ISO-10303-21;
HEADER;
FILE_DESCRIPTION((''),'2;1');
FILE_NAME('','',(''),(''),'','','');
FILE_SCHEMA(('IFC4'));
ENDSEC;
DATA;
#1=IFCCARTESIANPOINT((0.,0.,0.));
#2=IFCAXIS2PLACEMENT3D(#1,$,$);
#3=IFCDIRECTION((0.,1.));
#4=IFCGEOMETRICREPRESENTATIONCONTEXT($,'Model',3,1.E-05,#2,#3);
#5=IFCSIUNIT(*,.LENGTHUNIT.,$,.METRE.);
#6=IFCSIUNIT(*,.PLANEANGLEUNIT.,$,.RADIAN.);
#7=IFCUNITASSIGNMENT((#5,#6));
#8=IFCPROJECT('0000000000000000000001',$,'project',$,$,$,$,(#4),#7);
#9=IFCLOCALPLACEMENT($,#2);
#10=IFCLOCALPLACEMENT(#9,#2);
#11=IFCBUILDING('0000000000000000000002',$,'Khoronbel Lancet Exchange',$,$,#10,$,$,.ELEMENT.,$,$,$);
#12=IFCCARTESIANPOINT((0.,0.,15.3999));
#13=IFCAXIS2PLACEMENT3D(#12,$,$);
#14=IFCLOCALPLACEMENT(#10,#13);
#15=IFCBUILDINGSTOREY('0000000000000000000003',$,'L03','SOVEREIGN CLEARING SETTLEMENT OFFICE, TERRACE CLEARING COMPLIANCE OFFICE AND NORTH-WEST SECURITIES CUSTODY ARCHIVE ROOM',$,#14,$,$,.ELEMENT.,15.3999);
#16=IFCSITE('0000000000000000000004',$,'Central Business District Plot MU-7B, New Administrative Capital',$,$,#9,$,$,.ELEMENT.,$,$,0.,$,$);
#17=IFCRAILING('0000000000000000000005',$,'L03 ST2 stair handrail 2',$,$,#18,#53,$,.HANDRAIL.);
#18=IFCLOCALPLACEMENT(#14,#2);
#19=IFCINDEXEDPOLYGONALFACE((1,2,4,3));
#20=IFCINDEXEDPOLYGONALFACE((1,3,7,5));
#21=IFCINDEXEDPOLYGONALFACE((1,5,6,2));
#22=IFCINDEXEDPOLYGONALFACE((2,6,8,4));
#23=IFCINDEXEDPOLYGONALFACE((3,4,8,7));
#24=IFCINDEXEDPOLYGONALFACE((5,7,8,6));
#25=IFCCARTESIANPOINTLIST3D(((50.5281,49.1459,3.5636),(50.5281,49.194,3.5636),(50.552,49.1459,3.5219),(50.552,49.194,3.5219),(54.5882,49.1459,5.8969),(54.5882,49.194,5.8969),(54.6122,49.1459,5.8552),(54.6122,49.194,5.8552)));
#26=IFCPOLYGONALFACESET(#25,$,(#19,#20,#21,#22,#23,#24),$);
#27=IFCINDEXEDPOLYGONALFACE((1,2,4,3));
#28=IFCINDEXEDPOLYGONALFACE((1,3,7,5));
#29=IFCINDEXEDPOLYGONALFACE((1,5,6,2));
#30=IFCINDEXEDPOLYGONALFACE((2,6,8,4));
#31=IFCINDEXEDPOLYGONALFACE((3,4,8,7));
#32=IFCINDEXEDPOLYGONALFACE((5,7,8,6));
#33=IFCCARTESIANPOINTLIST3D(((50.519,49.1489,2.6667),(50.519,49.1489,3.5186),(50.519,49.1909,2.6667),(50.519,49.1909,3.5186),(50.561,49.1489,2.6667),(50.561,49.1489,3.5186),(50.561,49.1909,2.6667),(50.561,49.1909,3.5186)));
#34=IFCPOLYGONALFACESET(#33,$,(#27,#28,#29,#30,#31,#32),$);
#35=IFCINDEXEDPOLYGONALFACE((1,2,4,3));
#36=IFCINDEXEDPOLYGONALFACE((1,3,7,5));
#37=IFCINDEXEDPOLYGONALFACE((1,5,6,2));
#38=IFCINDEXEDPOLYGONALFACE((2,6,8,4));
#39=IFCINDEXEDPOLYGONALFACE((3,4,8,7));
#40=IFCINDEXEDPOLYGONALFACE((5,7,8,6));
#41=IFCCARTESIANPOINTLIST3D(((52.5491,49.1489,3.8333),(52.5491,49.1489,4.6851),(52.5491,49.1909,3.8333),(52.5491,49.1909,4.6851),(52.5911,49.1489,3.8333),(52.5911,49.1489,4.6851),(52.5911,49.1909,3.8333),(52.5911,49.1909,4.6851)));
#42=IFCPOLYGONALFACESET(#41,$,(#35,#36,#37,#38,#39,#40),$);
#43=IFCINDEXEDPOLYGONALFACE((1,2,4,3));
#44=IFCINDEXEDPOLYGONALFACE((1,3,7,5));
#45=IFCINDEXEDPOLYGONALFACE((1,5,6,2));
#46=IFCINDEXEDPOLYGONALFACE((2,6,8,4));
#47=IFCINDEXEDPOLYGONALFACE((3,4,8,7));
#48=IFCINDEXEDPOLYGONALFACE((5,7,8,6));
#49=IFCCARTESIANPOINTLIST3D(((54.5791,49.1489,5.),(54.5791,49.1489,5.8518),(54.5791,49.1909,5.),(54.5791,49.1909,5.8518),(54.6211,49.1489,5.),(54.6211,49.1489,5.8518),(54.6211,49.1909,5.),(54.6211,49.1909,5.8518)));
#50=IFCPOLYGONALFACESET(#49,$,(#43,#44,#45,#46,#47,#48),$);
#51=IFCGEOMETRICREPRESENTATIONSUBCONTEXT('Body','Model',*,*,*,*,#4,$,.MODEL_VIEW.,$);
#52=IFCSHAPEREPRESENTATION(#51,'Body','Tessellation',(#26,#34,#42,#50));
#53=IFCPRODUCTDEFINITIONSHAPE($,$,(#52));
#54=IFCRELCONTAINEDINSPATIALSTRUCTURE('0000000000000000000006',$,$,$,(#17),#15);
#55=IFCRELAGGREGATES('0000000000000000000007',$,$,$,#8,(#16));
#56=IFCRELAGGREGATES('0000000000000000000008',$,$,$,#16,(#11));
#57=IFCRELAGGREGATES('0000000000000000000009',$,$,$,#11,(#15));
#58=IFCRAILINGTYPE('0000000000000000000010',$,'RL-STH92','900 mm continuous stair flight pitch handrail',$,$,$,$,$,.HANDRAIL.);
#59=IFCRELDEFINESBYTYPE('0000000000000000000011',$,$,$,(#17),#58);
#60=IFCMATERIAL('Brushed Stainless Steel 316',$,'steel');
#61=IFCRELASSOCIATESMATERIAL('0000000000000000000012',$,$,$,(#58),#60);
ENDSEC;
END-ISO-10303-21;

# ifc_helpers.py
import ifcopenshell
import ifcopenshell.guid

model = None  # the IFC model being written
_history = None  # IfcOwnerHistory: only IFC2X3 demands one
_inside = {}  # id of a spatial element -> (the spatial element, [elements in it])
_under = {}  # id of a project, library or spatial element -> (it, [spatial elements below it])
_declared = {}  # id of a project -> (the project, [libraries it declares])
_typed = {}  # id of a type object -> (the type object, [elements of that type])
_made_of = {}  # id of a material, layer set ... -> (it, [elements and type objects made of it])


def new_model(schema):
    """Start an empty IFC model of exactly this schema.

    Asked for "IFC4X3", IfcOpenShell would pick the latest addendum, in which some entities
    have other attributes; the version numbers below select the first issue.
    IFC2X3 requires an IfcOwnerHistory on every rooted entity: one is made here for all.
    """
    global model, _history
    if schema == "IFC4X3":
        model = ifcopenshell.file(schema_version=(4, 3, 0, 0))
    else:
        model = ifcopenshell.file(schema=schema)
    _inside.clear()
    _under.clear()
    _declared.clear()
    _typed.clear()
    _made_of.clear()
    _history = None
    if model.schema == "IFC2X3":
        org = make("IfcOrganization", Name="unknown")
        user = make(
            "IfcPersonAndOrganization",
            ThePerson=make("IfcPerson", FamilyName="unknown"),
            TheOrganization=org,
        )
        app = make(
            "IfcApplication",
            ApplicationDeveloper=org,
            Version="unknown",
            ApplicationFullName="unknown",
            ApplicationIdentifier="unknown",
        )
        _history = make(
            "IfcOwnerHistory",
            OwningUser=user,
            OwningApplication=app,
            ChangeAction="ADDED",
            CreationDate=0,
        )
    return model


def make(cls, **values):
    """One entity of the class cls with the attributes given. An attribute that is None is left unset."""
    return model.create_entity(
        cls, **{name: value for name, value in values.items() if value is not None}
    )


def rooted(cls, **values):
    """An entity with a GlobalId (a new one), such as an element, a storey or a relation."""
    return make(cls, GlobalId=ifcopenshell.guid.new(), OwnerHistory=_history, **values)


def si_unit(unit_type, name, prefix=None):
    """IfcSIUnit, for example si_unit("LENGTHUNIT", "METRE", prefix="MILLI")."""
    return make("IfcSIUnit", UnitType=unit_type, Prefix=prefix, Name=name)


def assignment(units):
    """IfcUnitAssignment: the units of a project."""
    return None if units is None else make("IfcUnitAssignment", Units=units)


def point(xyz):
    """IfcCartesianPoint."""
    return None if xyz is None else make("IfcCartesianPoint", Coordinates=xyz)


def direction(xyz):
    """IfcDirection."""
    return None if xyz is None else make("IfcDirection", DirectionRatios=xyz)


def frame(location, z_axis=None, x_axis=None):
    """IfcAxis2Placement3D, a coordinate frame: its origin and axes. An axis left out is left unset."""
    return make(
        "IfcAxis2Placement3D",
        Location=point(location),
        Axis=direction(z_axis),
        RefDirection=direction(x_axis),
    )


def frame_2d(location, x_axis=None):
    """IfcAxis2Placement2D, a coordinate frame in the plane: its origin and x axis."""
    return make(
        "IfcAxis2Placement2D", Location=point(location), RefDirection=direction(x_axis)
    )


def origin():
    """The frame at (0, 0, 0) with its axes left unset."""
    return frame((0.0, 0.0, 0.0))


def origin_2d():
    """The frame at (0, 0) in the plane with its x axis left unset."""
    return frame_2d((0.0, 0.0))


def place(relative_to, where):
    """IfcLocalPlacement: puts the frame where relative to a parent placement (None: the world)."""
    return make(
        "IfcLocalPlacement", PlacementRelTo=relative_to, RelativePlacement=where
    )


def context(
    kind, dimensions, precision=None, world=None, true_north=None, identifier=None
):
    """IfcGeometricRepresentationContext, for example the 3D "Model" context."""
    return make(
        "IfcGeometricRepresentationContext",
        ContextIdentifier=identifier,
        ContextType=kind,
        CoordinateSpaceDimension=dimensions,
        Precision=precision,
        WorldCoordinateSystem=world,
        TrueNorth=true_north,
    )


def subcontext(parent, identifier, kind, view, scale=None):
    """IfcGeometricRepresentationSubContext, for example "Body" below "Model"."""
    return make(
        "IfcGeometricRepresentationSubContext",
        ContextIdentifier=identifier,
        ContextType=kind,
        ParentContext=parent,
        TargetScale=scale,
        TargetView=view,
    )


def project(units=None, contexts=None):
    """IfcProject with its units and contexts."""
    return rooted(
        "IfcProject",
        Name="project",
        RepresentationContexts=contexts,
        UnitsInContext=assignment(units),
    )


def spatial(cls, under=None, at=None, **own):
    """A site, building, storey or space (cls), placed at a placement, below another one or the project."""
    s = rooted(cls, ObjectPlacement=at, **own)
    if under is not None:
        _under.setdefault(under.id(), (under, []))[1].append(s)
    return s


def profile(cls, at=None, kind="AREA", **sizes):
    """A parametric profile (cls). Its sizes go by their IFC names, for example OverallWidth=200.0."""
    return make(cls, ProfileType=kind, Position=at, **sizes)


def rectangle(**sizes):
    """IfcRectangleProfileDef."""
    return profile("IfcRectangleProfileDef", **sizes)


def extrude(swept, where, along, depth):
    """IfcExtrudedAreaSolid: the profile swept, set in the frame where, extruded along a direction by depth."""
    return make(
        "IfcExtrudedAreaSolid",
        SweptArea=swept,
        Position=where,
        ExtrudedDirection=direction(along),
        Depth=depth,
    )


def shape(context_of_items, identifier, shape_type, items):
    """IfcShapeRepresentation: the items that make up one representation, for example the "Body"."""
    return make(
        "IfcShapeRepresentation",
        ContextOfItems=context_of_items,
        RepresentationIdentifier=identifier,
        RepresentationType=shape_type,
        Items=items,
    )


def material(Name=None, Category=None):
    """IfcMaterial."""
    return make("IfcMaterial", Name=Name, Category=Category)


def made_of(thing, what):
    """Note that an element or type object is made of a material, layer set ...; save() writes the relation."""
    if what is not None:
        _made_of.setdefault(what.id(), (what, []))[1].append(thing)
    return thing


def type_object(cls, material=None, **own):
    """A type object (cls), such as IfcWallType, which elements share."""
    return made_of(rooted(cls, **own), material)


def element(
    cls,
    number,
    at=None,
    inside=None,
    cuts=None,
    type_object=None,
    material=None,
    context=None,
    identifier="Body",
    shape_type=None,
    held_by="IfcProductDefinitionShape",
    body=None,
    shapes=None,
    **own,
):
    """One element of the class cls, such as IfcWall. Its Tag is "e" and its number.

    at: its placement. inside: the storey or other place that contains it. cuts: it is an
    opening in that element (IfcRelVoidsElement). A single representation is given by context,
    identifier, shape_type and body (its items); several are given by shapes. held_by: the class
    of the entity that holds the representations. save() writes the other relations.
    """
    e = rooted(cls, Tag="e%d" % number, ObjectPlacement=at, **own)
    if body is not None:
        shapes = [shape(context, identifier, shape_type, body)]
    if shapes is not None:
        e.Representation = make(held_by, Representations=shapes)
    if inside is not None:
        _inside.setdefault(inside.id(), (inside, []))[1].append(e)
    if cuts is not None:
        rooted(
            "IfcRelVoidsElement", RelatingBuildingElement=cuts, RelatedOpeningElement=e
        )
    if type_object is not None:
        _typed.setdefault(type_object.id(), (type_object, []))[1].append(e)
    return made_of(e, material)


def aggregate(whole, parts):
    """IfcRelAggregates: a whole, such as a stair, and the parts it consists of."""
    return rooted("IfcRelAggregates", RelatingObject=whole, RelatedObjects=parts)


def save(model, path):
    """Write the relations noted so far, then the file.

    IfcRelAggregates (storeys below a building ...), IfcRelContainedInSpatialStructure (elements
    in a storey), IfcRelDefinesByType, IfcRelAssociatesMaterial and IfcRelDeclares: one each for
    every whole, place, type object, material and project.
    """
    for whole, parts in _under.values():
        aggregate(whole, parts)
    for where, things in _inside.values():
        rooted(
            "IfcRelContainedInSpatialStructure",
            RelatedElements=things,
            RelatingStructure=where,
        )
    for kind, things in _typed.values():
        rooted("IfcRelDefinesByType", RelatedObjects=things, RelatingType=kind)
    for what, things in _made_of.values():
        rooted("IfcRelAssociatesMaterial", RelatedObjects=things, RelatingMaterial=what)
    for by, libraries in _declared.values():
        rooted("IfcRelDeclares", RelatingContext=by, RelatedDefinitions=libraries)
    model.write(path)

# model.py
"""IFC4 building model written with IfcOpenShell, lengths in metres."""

from ifc_helpers import new_model, si_unit, direction, frame, origin, origin_2d, place, context, subcontext, project, spatial, rectangle, extrude, material, type_object, element, save


model = new_model("IFC4")

# Units and contexts
model_context = context("Model", 3, precision=1e-05, world=origin(), true_north=direction((0.0, 1.0)))
body_context = subcontext(model_context, "Body", "Model", "MODEL_VIEW")
ifc_project = project(units=[si_unit("LENGTHUNIT", "METRE"), si_unit("PLANEANGLEUNIT", "RADIAN")], contexts=[model_context])

# Site, building, storey
site_placement = place(None, origin())
site = spatial("IfcSite", under=ifc_project, at=site_placement, Name="Central Business District Plot MU-7B, New Administrative Capital", CompositionType="ELEMENT", RefElevation=0.0)
building_placement = place(site_placement, origin())
building = spatial("IfcBuilding", under=site, at=building_placement, Name="Khoronbel Lancet Exchange", CompositionType="ELEMENT")
storey_placement = place(building_placement, frame((0.0, 0.0, 15.3999)))
storey = spatial("IfcBuildingStorey", under=building, at=storey_placement, Name="L03", Description="SOVEREIGN CLEARING SETTLEMENT OFFICE, TERRACE CLEARING COMPLIANCE OFFICE AND NORTH-WEST SECURITIES CUSTODY ARCHIVE ROOM", CompositionType="ELEMENT", Elevation=15.3999)

# Railing
ifc_material_1 = material(Name="Brushed Stainless Steel 316", Category="steel")
railing_type_1 = type_object("IfcRailingType", Name="RL-STH92", Description="900 mm continuous stair flight pitch handrail", PredefinedType="HANDRAIL", material=ifc_material_1)
railing_1_placement = place(storey_placement, frame((50.54, 49.1699, 2.6667)))
element("IfcRailing", 1, at=railing_1_placement, inside=storey, type_object=railing_type_1, Name="L03 ST2 stair handrail 2", PredefinedType="HANDRAIL", context=body_context, shape_type="SweptSolid", body=[
    extrude(rectangle(XDim=0.0481, YDim=0.0481, at=origin_2d()), frame((0.0, 0.0, 0.876), z_axis=(0.867025, 0.0, 0.498265), x_axis=(0.0, 1.0, 0.0)), (0.0, 0.0, 1.0), 4.6829),
    extrude(rectangle(XDim=0.042, YDim=0.042, at=origin_2d()), origin(), (0.0, 0.0, 1.0), 0.8518),
    extrude(rectangle(XDim=0.042, YDim=0.042, at=origin_2d()), frame((2.03, 0.0, 1.1665)), (0.0, 0.0, 1.0), 0.8518),
    extrude(rectangle(XDim=0.042, YDim=0.042, at=origin_2d()), frame((4.0601, 0.0, 2.3333)), (0.0, 0.0, 1.0), 0.8518),
])

save(model, "model.ifc")
